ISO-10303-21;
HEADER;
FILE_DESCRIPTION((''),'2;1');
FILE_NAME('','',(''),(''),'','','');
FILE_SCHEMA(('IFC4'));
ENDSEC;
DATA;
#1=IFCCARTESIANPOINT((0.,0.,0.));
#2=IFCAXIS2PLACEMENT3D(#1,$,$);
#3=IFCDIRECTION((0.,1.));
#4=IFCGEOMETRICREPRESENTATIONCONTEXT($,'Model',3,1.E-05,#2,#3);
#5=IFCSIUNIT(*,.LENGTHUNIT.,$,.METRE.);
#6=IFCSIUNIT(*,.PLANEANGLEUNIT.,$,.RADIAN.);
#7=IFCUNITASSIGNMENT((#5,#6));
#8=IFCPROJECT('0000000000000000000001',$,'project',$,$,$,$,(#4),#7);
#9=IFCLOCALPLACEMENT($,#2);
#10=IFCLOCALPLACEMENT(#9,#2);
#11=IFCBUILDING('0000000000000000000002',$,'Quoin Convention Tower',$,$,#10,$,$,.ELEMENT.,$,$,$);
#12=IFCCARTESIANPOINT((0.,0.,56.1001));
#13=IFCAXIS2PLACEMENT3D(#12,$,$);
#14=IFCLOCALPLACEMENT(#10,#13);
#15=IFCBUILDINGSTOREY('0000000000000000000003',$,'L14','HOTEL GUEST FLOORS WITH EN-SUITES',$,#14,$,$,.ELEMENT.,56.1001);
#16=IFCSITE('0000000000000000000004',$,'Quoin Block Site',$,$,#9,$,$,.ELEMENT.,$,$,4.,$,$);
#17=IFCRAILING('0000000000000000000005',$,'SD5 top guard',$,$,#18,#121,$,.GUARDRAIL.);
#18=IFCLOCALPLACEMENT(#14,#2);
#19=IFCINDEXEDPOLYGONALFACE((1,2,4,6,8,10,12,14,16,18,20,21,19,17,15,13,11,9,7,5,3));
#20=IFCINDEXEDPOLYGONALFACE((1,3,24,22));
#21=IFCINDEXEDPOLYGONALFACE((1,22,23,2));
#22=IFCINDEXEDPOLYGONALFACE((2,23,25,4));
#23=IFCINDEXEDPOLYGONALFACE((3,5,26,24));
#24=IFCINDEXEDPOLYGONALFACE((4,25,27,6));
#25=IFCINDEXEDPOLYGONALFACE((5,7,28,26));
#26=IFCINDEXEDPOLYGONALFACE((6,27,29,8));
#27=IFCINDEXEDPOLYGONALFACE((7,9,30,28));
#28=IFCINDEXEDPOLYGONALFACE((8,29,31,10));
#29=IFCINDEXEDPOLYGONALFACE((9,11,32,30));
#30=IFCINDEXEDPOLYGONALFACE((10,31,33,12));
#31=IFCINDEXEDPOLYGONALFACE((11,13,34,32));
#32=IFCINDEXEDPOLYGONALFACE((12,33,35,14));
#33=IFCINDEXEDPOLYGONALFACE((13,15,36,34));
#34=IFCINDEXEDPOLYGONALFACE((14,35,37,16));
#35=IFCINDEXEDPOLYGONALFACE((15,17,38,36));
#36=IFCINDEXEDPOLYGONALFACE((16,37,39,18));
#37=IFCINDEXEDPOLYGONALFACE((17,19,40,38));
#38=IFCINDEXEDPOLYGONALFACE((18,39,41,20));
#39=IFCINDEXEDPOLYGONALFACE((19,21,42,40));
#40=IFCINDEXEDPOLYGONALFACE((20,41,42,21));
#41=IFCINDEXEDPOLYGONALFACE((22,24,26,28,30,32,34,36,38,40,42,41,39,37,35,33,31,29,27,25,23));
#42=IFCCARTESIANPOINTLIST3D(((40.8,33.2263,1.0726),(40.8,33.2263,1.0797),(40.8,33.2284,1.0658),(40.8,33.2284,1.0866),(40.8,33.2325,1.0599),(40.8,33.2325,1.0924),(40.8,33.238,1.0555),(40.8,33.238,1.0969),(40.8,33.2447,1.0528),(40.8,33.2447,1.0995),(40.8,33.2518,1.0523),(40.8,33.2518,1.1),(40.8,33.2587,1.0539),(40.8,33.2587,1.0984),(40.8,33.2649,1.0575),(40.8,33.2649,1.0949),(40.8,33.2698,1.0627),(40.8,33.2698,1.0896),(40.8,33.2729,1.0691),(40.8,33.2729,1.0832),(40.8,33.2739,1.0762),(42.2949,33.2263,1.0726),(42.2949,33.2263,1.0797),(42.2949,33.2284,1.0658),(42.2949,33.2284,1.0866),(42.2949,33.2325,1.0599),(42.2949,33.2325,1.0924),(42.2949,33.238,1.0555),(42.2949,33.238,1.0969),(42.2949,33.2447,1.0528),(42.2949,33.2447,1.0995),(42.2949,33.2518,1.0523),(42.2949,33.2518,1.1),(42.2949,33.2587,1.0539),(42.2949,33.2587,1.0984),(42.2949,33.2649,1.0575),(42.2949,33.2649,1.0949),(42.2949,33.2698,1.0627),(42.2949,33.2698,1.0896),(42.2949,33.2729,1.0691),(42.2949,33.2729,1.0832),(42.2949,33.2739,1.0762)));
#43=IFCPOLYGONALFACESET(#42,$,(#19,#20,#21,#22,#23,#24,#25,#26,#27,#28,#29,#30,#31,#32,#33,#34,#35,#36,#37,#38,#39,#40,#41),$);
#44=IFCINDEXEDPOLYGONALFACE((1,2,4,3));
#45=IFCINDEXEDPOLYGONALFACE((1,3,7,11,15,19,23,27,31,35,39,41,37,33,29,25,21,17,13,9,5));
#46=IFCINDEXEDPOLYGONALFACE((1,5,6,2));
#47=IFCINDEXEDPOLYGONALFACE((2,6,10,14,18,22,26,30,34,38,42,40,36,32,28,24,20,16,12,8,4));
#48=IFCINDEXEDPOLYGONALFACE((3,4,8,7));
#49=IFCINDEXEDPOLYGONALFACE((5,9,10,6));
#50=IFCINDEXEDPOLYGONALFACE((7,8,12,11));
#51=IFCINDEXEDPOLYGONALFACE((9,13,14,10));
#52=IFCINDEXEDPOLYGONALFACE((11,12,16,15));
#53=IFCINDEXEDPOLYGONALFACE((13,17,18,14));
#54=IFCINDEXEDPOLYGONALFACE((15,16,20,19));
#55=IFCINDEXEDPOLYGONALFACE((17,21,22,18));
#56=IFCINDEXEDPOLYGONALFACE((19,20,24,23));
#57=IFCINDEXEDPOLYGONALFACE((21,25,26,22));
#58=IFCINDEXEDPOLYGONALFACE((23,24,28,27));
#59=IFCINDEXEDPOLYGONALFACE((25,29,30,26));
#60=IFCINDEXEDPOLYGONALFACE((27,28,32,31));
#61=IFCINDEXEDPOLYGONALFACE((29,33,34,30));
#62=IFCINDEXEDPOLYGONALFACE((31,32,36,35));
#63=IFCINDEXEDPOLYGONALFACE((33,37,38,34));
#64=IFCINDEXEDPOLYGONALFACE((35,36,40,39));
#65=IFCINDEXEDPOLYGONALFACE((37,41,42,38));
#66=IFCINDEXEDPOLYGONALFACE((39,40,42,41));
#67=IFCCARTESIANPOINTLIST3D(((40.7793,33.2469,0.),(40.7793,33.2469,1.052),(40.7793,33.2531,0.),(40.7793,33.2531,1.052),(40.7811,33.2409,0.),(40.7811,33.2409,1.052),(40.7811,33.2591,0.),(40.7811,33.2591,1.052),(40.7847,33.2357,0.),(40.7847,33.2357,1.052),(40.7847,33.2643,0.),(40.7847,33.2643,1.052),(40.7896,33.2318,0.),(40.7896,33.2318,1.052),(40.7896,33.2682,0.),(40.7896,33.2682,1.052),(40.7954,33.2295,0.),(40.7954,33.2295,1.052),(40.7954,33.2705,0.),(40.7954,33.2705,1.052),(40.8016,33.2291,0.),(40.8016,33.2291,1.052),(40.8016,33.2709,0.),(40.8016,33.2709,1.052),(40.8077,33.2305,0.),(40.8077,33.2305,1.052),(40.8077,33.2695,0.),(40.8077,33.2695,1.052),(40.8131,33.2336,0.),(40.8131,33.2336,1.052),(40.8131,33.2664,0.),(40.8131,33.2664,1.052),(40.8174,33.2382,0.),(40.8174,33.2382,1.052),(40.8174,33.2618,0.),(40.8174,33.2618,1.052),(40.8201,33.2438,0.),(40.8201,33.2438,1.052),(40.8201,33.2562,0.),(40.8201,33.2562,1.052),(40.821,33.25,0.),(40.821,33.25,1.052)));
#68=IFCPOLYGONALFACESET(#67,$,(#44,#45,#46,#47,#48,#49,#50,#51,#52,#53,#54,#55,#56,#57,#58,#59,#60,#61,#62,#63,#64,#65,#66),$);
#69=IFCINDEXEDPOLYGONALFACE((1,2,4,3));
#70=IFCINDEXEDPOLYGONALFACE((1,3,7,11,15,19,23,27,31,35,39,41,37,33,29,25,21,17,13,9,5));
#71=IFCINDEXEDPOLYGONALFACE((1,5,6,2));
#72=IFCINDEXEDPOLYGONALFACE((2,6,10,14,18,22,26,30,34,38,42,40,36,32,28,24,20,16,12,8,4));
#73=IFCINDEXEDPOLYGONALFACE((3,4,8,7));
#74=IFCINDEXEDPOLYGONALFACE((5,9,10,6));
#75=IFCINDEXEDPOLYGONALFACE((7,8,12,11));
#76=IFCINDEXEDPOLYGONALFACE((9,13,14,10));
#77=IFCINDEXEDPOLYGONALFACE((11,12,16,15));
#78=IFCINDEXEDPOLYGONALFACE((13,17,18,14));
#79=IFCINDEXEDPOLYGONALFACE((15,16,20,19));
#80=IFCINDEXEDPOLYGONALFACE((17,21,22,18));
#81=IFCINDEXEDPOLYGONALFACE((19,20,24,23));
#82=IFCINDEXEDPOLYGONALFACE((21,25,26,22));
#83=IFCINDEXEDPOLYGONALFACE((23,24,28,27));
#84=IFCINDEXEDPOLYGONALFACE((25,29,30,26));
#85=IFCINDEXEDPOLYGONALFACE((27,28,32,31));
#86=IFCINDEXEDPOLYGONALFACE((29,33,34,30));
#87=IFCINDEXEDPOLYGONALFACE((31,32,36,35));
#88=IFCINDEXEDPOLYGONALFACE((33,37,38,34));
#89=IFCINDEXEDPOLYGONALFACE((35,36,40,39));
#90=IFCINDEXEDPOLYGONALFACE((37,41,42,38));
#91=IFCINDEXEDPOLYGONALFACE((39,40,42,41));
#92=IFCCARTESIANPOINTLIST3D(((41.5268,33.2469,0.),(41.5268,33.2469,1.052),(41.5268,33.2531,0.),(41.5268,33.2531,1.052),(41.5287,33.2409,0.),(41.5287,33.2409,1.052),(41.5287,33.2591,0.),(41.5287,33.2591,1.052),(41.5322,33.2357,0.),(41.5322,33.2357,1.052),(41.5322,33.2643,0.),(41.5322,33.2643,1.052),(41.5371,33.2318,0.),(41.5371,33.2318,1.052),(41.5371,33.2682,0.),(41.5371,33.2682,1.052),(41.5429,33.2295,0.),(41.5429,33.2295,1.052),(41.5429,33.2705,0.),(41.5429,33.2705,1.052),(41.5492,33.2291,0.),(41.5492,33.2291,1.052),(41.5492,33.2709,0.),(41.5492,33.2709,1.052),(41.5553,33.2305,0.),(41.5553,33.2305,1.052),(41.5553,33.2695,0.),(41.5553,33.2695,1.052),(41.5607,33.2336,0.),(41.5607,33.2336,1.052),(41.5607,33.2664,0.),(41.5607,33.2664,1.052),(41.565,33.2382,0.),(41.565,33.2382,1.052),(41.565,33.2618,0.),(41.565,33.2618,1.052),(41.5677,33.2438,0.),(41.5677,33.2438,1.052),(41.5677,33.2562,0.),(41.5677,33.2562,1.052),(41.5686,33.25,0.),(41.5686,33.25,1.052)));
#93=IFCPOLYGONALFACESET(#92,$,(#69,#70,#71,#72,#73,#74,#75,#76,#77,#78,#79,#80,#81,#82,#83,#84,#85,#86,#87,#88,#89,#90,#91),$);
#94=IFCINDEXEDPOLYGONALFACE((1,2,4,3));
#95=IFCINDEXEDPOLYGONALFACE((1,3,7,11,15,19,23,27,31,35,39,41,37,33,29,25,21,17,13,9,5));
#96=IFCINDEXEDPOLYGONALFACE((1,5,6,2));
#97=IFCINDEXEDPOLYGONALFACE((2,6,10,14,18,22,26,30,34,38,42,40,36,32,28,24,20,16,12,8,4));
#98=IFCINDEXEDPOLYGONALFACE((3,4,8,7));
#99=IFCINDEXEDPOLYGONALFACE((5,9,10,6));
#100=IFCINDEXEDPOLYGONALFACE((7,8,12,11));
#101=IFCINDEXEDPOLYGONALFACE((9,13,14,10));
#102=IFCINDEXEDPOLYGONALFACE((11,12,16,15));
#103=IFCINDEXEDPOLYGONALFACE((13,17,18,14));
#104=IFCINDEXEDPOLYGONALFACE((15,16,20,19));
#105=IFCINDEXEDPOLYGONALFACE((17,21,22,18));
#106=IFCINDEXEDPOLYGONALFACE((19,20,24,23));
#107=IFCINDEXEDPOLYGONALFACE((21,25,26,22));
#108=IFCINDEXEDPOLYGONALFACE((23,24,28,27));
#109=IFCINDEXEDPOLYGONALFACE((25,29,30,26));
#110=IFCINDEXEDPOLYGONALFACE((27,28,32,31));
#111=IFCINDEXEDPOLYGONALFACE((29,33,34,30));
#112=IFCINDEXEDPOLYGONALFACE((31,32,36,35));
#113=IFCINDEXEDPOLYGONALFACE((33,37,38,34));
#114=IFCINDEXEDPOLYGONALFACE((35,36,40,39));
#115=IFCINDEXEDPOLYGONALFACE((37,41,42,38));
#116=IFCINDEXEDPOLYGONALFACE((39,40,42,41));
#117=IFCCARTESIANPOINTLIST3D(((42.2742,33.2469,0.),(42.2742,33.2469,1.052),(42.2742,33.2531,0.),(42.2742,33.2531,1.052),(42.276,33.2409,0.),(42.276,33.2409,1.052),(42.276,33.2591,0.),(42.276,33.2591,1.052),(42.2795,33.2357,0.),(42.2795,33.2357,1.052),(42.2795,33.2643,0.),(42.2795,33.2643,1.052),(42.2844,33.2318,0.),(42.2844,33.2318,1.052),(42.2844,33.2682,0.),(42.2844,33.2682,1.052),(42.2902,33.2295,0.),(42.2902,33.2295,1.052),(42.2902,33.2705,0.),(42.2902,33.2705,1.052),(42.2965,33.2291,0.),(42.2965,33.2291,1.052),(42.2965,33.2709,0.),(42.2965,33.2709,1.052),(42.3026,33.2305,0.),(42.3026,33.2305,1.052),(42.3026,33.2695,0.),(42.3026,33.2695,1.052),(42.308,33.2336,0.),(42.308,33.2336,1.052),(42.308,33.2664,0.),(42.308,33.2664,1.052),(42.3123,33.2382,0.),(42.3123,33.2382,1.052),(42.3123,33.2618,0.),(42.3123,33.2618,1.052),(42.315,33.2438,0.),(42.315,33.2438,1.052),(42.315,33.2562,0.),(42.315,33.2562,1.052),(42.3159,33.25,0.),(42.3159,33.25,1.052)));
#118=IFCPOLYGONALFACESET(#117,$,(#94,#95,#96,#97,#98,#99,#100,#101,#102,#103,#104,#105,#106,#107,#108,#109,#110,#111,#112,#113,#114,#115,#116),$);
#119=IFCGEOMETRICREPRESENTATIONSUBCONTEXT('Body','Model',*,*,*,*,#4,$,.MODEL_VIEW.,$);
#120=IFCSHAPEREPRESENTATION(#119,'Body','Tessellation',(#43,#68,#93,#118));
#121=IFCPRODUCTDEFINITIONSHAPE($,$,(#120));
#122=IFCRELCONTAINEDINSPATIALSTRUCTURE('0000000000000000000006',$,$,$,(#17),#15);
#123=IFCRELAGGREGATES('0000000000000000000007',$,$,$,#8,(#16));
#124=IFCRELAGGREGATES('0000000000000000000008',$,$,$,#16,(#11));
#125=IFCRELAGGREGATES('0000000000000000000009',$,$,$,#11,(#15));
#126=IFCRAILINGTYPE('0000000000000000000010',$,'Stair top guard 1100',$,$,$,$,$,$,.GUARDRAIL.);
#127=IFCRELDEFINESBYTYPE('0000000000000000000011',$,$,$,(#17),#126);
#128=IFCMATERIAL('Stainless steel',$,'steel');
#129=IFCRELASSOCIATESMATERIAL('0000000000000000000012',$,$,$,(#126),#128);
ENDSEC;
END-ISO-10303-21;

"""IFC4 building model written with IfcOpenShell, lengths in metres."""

from ifc_helpers import new_model, si_unit, direction, frame, origin, origin_2d, place, context, subcontext, project, spatial, circle, extrude, material, type_object, element, save


model = new_model("IFC4")

# Units and contexts
model_context = context("Model", 3, precision=1e-05, world=origin(), true_north=direction((0.0, 1.0)))
body_context = subcontext(model_context, "Body", "Model", "MODEL_VIEW")
ifc_project = project(units=[si_unit("LENGTHUNIT", "METRE"), si_unit("PLANEANGLEUNIT", "RADIAN")], contexts=[model_context])

# Site, building, storey
site_placement = place(None, origin())
site = spatial("IfcSite", under=ifc_project, at=site_placement, Name="Quoin Block Site", CompositionType="ELEMENT", RefElevation=4.0)
building_placement = place(site_placement, origin())
building = spatial("IfcBuilding", under=site, at=building_placement, Name="Quoin Convention Tower", CompositionType="ELEMENT")
storey_placement = place(building_placement, frame((0.0, 0.0, 56.1001)))
storey = spatial("IfcBuildingStorey", under=building, at=storey_placement, Name="L14", Description="HOTEL GUEST FLOORS WITH EN-SUITES", CompositionType="ELEMENT", Elevation=56.1001)

# Railing
ifc_material_1 = material(Name="Stainless steel", Category="steel")
railing_type = type_object("IfcRailingType", Name="Stair top guard 1100", PredefinedType="GUARDRAIL", material=ifc_material_1)
railing_placement = place(storey_placement, frame((40.8, 33.25, 0.0)))
element("IfcRailing", 1, at=railing_placement, inside=storey, type_object=railing_type, Name="SD5 top guard", PredefinedType="GUARDRAIL", context=body_context, shape_type="SweptSolid", body=[
    extrude(circle(Radius=0.0239, at=origin_2d()), frame((0.0, 0.0, 1.0762), z_axis=(1.0, 0.0, 0.0), x_axis=(0.0, 1.0, 0.0)), (0.0, 0.0, 1.0), 1.4949),
    extrude(circle(Radius=0.021, at=origin_2d()), origin(), (0.0, 0.0, 1.0), 1.052),
    extrude(circle(Radius=0.021, at=origin_2d()), frame((0.7476, 0.0, 0.0)), (0.0, 0.0, 1.0), 1.052),
    extrude(circle(Radius=0.021, at=origin_2d()), frame((1.4949, 0.0, 0.0)), (0.0, 0.0, 1.0), 1.052),
])

save(model, "model.ifc")
